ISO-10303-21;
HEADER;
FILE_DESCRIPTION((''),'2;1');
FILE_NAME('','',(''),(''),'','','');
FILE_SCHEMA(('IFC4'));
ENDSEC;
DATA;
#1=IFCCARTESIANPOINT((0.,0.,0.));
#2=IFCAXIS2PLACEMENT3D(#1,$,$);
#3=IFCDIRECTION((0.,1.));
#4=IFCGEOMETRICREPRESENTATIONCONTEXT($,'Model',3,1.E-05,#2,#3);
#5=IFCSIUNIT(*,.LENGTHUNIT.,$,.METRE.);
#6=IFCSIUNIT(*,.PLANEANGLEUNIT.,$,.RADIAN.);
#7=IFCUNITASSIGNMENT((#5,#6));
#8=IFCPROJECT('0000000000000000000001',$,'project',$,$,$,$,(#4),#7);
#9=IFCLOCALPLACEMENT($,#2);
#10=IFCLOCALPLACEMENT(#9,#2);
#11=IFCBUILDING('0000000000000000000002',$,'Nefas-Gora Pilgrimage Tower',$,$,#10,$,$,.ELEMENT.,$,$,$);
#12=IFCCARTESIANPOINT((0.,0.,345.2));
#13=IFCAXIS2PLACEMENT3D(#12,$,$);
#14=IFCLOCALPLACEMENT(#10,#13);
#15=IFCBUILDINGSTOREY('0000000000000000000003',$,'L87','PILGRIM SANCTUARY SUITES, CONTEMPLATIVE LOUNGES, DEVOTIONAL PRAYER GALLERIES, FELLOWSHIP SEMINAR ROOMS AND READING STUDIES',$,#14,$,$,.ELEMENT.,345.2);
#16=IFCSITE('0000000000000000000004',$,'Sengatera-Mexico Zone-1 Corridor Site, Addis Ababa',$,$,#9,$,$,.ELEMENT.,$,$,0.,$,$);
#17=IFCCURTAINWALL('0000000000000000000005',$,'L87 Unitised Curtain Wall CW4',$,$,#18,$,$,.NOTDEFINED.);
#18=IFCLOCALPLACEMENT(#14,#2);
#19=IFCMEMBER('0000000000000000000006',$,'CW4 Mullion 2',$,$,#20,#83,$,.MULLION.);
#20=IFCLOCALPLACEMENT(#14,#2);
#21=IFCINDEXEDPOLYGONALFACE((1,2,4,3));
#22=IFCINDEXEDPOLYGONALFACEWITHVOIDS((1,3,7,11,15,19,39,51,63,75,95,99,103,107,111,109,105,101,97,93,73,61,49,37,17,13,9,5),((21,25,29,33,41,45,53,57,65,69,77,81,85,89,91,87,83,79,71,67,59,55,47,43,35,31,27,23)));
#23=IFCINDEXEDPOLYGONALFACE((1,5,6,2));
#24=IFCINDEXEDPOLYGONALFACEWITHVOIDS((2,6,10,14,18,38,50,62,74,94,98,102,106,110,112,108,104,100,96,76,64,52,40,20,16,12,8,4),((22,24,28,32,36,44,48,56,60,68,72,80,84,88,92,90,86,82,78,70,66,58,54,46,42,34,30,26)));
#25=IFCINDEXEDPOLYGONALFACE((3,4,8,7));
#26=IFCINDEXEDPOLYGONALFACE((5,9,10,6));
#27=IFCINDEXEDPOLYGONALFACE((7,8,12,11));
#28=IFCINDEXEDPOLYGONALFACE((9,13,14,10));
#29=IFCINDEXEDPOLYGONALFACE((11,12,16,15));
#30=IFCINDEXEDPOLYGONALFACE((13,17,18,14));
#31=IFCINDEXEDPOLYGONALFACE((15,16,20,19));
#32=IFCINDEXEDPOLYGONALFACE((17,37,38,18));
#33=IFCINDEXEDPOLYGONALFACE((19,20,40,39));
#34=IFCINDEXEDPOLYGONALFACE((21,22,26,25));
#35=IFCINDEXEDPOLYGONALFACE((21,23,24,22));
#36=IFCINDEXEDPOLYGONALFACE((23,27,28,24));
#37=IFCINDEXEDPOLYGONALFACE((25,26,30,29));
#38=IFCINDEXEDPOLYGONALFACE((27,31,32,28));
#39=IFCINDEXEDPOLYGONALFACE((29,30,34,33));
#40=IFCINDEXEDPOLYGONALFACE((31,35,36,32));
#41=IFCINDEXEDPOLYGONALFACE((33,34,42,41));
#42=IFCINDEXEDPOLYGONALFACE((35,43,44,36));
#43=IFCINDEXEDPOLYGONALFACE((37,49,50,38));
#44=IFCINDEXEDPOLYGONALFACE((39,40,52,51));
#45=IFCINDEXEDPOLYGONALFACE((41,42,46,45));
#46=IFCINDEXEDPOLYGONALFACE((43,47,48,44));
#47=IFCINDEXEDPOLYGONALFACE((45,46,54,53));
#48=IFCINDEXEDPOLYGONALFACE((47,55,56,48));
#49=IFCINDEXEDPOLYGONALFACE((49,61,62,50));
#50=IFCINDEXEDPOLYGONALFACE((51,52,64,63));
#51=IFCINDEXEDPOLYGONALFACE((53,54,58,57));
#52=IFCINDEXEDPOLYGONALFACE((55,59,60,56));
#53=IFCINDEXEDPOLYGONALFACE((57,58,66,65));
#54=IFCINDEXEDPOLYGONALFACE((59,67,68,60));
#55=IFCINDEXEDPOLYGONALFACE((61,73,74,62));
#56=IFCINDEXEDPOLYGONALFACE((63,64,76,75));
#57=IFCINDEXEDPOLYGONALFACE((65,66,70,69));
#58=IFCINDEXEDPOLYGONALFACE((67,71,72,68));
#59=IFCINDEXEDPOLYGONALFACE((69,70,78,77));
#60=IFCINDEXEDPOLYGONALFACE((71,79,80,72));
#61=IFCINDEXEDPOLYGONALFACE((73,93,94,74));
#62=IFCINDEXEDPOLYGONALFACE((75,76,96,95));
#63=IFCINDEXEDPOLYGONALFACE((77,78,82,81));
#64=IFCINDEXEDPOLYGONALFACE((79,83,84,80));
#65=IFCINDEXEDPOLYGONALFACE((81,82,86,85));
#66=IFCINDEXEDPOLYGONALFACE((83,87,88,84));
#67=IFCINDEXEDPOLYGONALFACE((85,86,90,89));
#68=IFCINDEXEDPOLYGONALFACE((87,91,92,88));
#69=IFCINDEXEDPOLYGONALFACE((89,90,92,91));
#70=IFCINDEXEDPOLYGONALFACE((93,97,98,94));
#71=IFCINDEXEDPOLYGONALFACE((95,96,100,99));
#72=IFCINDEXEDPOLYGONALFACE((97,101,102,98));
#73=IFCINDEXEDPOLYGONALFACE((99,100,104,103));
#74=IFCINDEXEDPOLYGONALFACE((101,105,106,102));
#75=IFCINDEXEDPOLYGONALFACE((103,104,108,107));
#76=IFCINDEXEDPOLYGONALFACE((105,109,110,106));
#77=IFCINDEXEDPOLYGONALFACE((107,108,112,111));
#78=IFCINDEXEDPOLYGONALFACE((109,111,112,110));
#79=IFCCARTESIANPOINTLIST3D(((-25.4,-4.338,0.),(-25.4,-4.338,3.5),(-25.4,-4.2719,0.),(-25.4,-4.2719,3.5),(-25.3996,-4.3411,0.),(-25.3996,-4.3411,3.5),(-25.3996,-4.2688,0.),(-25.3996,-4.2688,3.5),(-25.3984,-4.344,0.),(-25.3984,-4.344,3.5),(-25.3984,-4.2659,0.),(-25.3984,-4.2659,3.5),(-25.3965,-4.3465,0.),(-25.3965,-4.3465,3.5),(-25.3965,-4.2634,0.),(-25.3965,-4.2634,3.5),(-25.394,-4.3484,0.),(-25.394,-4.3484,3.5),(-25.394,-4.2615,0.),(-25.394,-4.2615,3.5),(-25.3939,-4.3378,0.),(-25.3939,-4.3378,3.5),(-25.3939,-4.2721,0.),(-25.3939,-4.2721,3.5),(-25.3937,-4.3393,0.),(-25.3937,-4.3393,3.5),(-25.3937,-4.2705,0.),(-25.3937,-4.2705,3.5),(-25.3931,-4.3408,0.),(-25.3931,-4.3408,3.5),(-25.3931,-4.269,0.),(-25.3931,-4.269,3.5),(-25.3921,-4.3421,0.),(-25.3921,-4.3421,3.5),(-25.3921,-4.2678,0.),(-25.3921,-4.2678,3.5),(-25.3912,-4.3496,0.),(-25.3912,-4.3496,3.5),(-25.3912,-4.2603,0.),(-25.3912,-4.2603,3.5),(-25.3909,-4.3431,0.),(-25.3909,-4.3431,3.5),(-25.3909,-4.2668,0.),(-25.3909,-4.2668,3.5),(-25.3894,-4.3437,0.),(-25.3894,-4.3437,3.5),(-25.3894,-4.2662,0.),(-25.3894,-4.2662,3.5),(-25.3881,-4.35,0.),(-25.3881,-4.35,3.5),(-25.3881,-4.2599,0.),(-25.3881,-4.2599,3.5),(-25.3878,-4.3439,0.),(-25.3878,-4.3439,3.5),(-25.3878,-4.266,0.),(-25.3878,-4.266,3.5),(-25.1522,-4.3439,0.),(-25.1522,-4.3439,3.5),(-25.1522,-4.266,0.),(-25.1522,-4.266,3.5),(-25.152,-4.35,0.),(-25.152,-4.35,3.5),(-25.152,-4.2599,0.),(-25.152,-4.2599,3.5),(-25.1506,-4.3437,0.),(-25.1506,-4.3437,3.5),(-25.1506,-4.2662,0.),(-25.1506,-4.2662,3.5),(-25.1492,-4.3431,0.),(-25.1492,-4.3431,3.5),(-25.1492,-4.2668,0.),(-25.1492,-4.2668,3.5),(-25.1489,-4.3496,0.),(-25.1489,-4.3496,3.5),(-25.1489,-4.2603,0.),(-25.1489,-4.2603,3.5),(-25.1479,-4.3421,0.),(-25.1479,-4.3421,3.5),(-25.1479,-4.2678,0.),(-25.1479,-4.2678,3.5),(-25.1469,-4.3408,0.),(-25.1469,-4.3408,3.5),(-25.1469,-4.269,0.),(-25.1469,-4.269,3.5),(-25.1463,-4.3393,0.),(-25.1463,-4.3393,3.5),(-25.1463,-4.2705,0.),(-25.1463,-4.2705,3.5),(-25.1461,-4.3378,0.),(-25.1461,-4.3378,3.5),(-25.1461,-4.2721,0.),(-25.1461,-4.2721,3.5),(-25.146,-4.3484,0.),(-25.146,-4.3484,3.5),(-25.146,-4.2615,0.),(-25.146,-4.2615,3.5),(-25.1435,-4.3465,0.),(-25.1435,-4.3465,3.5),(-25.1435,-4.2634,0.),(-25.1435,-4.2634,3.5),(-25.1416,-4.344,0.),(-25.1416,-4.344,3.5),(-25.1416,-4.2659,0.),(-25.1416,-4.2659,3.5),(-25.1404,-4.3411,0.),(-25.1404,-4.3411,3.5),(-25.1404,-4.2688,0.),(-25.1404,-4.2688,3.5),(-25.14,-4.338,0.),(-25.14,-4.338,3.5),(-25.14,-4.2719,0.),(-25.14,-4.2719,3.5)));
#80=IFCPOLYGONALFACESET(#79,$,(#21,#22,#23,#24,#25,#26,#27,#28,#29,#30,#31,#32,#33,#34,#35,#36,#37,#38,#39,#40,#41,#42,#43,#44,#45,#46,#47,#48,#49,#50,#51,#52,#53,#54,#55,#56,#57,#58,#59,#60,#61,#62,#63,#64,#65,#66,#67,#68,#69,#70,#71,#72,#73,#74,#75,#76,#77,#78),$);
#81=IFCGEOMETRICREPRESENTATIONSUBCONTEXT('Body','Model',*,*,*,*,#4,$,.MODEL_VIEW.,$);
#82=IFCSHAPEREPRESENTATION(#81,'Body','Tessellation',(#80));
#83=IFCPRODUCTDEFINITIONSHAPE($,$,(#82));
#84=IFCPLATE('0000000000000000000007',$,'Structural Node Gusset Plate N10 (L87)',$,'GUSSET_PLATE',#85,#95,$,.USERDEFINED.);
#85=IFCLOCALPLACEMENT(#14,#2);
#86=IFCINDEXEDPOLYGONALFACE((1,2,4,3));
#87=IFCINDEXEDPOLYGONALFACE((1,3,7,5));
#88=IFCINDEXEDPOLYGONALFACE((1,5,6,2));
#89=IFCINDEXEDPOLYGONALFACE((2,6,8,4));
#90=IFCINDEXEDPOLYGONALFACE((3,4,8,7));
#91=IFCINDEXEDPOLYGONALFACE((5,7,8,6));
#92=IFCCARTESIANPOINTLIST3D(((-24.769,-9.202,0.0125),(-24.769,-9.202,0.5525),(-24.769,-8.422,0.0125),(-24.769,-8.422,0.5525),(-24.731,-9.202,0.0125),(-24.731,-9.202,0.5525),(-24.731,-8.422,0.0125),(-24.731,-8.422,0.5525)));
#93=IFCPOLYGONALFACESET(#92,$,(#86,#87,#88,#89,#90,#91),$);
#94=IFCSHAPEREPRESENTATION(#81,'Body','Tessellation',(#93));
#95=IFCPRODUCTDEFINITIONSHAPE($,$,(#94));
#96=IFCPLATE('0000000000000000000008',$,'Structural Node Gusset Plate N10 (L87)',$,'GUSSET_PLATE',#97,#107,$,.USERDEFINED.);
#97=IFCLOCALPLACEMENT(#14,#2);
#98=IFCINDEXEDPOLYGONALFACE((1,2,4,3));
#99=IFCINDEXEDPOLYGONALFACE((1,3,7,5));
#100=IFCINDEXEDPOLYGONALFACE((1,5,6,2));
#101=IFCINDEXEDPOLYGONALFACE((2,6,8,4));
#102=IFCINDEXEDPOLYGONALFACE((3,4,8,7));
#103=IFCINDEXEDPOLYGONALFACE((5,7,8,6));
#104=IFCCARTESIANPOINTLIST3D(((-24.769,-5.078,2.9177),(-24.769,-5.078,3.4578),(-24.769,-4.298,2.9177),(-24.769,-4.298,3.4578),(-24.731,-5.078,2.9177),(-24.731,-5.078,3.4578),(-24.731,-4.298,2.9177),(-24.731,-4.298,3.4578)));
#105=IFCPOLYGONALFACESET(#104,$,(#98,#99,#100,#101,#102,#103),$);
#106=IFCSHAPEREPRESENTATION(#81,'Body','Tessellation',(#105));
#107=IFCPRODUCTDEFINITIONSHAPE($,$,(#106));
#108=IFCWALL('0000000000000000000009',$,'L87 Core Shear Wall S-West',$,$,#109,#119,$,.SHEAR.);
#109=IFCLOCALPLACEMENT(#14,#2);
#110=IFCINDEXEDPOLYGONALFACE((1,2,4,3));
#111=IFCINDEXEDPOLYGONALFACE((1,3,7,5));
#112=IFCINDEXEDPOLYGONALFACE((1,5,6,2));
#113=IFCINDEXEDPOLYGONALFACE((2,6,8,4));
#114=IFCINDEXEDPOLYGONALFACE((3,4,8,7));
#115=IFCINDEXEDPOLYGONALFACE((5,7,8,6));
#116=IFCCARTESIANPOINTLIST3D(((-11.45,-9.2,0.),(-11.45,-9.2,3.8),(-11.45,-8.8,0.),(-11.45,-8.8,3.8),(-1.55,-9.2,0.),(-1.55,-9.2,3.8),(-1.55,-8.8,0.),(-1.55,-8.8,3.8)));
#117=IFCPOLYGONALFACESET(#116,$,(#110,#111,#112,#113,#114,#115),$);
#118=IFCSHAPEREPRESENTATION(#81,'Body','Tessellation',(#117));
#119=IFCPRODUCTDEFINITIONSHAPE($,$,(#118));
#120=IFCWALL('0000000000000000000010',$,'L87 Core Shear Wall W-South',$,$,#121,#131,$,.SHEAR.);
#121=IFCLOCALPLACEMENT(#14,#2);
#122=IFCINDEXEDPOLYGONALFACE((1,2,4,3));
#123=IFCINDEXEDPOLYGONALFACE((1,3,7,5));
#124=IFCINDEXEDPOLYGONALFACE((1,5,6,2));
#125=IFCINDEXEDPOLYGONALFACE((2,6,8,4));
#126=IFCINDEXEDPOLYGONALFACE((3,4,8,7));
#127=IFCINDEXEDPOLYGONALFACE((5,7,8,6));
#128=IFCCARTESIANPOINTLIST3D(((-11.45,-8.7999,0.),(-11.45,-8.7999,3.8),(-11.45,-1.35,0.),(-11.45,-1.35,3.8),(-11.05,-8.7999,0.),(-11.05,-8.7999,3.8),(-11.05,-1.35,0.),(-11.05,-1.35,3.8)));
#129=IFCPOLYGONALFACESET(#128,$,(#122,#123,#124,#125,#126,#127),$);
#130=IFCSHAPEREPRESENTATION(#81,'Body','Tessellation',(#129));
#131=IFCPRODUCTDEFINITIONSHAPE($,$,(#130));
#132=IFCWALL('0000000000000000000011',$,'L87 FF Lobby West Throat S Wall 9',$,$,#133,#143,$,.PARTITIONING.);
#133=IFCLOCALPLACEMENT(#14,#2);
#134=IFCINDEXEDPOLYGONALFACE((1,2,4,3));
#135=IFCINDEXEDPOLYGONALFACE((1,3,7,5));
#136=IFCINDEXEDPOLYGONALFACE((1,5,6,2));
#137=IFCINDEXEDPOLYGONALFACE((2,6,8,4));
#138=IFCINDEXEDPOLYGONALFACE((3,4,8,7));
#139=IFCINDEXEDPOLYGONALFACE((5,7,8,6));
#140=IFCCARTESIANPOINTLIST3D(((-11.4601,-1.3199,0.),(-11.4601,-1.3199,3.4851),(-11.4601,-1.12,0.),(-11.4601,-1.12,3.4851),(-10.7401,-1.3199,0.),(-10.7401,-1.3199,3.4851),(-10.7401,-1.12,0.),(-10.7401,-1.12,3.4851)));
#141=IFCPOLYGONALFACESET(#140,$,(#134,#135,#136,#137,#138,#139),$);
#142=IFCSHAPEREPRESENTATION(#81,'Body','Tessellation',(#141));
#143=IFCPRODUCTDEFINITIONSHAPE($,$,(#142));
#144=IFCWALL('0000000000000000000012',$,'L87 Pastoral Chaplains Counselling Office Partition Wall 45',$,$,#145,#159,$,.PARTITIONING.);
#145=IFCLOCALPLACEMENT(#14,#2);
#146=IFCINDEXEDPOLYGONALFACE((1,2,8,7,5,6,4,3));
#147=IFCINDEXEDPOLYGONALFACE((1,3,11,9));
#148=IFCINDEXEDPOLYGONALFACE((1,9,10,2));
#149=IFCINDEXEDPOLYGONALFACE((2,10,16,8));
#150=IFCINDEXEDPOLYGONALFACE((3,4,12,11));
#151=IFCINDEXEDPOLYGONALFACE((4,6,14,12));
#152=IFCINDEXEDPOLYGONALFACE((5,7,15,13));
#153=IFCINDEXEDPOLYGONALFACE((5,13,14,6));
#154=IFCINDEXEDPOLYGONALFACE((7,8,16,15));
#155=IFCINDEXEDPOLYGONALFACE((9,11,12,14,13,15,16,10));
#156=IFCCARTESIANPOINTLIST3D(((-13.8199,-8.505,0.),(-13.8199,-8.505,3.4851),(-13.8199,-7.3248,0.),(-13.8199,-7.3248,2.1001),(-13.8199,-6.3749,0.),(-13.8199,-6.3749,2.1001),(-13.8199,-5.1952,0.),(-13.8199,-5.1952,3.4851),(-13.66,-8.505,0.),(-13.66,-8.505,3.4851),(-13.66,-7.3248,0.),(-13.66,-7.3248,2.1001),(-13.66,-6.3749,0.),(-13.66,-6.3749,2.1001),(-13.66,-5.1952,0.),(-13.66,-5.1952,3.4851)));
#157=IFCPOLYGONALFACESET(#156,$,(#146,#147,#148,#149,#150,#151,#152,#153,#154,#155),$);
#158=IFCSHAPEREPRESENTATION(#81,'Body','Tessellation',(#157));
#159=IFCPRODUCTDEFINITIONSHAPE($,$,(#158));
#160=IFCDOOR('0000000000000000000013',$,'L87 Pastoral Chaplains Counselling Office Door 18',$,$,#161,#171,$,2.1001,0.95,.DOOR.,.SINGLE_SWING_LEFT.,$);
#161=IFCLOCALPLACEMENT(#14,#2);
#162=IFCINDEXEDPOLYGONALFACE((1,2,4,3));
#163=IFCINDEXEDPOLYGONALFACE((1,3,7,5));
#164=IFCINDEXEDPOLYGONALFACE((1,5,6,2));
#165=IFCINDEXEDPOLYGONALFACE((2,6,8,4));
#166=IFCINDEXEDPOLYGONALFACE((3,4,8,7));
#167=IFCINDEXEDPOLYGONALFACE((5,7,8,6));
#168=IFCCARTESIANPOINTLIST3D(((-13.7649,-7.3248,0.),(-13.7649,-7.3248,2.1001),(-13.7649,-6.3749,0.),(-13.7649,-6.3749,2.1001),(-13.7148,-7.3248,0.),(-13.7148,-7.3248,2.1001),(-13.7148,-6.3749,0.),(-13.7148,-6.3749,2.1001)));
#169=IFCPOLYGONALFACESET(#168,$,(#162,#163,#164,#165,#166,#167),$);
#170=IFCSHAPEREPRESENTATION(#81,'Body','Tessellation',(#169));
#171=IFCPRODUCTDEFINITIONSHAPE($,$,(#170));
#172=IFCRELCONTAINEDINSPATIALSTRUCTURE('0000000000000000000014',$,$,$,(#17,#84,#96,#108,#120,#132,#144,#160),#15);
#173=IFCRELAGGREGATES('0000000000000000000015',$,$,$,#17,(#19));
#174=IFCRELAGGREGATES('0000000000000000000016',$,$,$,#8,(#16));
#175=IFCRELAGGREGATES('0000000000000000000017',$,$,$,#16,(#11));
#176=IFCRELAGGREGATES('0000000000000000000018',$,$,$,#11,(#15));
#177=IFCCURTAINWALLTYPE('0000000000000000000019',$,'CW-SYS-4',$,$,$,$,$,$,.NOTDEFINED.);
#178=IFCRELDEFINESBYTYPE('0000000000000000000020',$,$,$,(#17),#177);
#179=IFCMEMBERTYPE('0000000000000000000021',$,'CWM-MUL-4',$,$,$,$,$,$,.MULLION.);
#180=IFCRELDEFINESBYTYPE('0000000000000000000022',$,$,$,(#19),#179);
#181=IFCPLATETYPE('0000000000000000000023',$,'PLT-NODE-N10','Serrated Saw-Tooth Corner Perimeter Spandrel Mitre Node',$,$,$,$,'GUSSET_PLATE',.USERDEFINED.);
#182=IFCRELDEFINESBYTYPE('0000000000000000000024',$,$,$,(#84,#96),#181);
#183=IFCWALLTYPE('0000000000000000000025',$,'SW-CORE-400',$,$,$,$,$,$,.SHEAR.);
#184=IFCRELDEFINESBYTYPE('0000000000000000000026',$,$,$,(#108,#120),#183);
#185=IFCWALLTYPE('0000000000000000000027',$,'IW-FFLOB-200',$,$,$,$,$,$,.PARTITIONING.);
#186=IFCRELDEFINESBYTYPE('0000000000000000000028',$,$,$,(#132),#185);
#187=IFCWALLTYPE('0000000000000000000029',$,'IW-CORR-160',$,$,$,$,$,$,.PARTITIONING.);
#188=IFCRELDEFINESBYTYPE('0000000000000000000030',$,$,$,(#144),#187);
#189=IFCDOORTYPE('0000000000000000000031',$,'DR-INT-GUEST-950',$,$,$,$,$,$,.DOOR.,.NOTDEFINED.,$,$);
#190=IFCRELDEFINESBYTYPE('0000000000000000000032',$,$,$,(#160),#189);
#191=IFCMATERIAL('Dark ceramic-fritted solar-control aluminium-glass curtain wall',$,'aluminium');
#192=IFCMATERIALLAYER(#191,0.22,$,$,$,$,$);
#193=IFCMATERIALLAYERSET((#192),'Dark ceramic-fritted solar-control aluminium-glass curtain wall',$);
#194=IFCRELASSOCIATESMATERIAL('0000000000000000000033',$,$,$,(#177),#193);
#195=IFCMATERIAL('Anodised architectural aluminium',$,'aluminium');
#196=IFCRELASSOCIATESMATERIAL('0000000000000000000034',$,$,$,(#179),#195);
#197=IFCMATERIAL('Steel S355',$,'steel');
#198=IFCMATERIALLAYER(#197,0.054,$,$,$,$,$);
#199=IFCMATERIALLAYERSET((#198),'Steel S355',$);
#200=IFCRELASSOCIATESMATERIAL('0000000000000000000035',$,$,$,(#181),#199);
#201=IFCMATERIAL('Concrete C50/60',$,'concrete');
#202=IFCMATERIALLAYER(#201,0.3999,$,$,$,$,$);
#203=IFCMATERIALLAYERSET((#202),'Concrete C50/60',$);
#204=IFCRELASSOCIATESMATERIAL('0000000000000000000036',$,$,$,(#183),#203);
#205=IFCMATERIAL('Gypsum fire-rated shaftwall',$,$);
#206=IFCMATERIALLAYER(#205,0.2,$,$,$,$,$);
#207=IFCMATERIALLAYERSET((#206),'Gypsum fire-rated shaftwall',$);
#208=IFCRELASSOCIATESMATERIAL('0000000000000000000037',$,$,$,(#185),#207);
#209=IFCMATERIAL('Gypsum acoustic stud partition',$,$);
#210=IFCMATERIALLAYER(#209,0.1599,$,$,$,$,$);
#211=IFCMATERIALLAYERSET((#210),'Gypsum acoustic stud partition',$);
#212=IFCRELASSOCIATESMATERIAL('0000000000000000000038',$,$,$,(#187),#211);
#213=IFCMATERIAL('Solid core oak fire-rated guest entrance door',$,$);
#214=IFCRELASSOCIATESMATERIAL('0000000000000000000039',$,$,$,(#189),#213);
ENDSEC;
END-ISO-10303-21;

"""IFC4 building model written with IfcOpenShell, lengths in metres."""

from ifc_helpers import new_model, si_unit, direction, frame, frame_2d, origin, origin_2d, place, context, subcontext, project, spatial, rectangle, hollow_rectangle, extrude, source, transform, mapped, material, layer, layer_set, material_profile, profile_set, type_object, element, fill, aggregate, save


model = new_model("IFC4")

# Units and contexts
model_context = context("Model", 3, precision=1e-05, world=origin(), true_north=direction((0.0, 1.0)))
body_context = subcontext(model_context, "Body", "Model", "MODEL_VIEW")
ifc_project = project(units=[si_unit("LENGTHUNIT", "METRE"), si_unit("PLANEANGLEUNIT", "RADIAN")], contexts=[model_context])

# Site, building, storey
site_placement = place(None, origin())
site = spatial("IfcSite", under=ifc_project, at=site_placement, Name="Sengatera-Mexico Zone-1 Corridor Site, Addis Ababa", CompositionType="ELEMENT", RefElevation=0.0)
building_placement = place(site_placement, origin())
building = spatial("IfcBuilding", under=site, at=building_placement, Name="Nefas-Gora Pilgrimage Tower", CompositionType="ELEMENT")
storey_placement = place(building_placement, frame((0.0, 0.0, 345.2)))
storey = spatial("IfcBuildingStorey", under=building, at=storey_placement, Name="L87", Description="PILGRIM SANCTUARY SUITES, CONTEMPLATIVE LOUNGES, DEVOTIONAL PRAYER GALLERIES, FELLOWSHIP SEMINAR ROOMS AND READING STUDIES", CompositionType="ELEMENT", Elevation=345.2)

# Shared definitions
ifc_material_1 = material(Name="Steel S355", Category="steel")
ifc_material_2 = material(Name="Concrete C50/60", Category="concrete")

# Curtain wall, member
ifc_material_3 = material(Name="Dark ceramic-fritted solar-control aluminium-glass curtain wall", Category="aluminium")
ifc_layer_1 = layer(ifc_material_3, 0.22)
ifc_layer_set_1 = layer_set([ifc_layer_1], Name="Dark ceramic-fritted solar-control aluminium-glass curtain wall")
curtain_wall_type = type_object("IfcCurtainWallType", Name="CW-SYS-4", PredefinedType="NOTDEFINED", material=ifc_layer_set_1)
curtain_wall_placement = place(storey_placement, origin())
curtain_wall = element("IfcCurtainWall", 1, at=curtain_wall_placement, inside=storey, type_object=curtain_wall_type, Name="L87 Unitised Curtain Wall CW4", PredefinedType="NOTDEFINED")
ifc_material_4 = material(Name="Anodised architectural aluminium", Category="aluminium")
ifc_material_profile_1 = material_profile(ifc_material_4, hollow_rectangle(XDim=0.0901, YDim=0.26, WallThickness=0.0061, InnerFilletRadius=0.0061, OuterFilletRadius=0.012, at=origin_2d()), Name="ALU MULLION 90x260")
ifc_profile_set_1 = profile_set([ifc_material_profile_1], Name="Anodised architectural aluminium")
member_type_1 = type_object("IfcMemberType", Name="CWM-MUL-4", PredefinedType="MULLION", material=ifc_profile_set_1)
shared_shape_1 = source(origin(), body_context, "Body", "SweptSolid", [
    extrude(hollow_rectangle(XDim=0.0901, YDim=0.26, WallThickness=0.0061, InnerFilletRadius=0.0061, OuterFilletRadius=0.012, at=origin_2d()), origin(), (0.0, 0.0, 1.0), 3.5),
])
member_1_placement = place(storey_placement, frame((-25.27, -4.3049, 0.0), z_axis=(0.0, 0.0, 1.0), x_axis=(0.0, -1.0, 0.0)))
member_1 = element("IfcMember", 2, at=member_1_placement, type_object=member_type_1, Name="CW4 Mullion 2", PredefinedType="MULLION", context=body_context, shape_type="MappedRepresentation", body=[
    mapped(shared_shape_1, transform((0.0, 0.0, 0.0), x_axis=(1.0, 0.0, 0.0), y_axis=(0.0, 1.0, 0.0), z_axis=(0.0, 0.0, 1.0), scale=1.0)),
])
aggregate(curtain_wall, [member_1])

# Plates
ifc_layer_2 = layer(ifc_material_1, 0.054)
ifc_layer_set_2 = layer_set([ifc_layer_2], Name="Steel S355")
plate_type = type_object("IfcPlateType", Name="PLT-NODE-N10", Description="Serrated Saw-Tooth Corner Perimeter Spandrel Mitre Node", ElementType="GUSSET_PLATE", PredefinedType="USERDEFINED", material=ifc_layer_set_2)
shared_shape_2 = source(origin(), body_context, "Body", "SweptSolid", [
    extrude(rectangle(XDim=0.78, YDim=0.0381, at=origin_2d()), origin(), (0.0, 0.0, 1.0), 0.54),
])
for number, where, z_axis, x_axis, name in (
    (3, (-24.75, -8.812, 0.0125), (0.0, 0.0, 1.0), (0.0, 1.0, 0.0), "Structural Node Gusset Plate N10 (L87)"),
    (4, (-24.75, -4.688, 2.9177), (0.0, 0.0, 1.0), (0.0, 1.0, 0.0), "Structural Node Gusset Plate N10 (L87)"),
):
    element("IfcPlate", number, at=place(storey_placement, frame(where, z_axis=z_axis, x_axis=x_axis)), inside=storey, type_object=plate_type, Name=name, ObjectType="GUSSET_PLATE", PredefinedType="USERDEFINED", context=body_context, shape_type="MappedRepresentation", body=[
        mapped(shared_shape_2, transform((0.0, 0.0, 0.0), x_axis=(1.0, 0.0, 0.0), y_axis=(0.0, 1.0, 0.0), z_axis=(0.0, 0.0, 1.0), scale=1.0)),
    ])

# Walls
ifc_layer_3 = layer(ifc_material_2, 0.3999)
ifc_layer_set_3 = layer_set([ifc_layer_3], Name="Concrete C50/60")
wall_type_1 = type_object("IfcWallType", Name="SW-CORE-400", PredefinedType="SHEAR", material=ifc_layer_set_3)
shared_shape_3 = source(origin(), body_context, "Body", "SweptSolid", [
    extrude(rectangle(XDim=9.8999, YDim=0.3999, at=frame_2d((4.95, 0.0))), origin(), (0.0, 0.0, 1.0), 3.8),
])
wall_1_placement = place(storey_placement, frame((-11.45, -9.0, 0.0), z_axis=(0.0, 0.0, 1.0), x_axis=(1.0, 0.0, 0.0)))
element("IfcWall", 5, at=wall_1_placement, inside=storey, type_object=wall_type_1, Name="L87 Core Shear Wall S-West", PredefinedType="SHEAR", context=body_context, shape_type="MappedRepresentation", body=[
    mapped(shared_shape_3, transform((0.0, 0.0, 0.0), x_axis=(1.0, 0.0, 0.0), y_axis=(0.0, 1.0, 0.0), z_axis=(0.0, 0.0, 1.0), scale=1.0)),
])
shared_shape_4 = source(origin(), body_context, "Body", "SweptSolid", [
    extrude(rectangle(XDim=7.45, YDim=0.3999, at=frame_2d((3.7251, 0.0))), origin(), (0.0, 0.0, 1.0), 3.8),
])
wall_2_placement = place(storey_placement, frame((-11.25, -8.8, 0.0), z_axis=(0.0, 0.0, 1.0), x_axis=(0.0, 1.0, 0.0)))
element("IfcWall", 6, at=wall_2_placement, inside=storey, type_object=wall_type_1, Name="L87 Core Shear Wall W-South", PredefinedType="SHEAR", context=body_context, shape_type="MappedRepresentation", body=[
    mapped(shared_shape_4, transform((0.0, 0.0, 0.0), x_axis=(1.0, 0.0, 0.0), y_axis=(0.0, 1.0, 0.0), z_axis=(0.0, 0.0, 1.0), scale=1.0)),
])
ifc_material_5 = material(Name="Gypsum fire-rated shaftwall")
ifc_layer_4 = layer(ifc_material_5, 0.2)
ifc_layer_set_4 = layer_set([ifc_layer_4], Name="Gypsum fire-rated shaftwall")
wall_type_2 = type_object("IfcWallType", Name="IW-FFLOB-200", PredefinedType="PARTITIONING", material=ifc_layer_set_4)
shared_shape_5 = source(origin(), body_context, "Body", "SweptSolid", [
    extrude(rectangle(XDim=0.72, YDim=0.2, at=frame_2d((0.3599, 0.0))), origin(), (0.0, 0.0, 1.0), 3.4851),
])
wall_3_placement = place(storey_placement, frame((-11.46, -1.22, 0.0), z_axis=(0.0, 0.0, 1.0), x_axis=(1.0, 0.0, 0.0)))
element("IfcWall", 7, at=wall_3_placement, inside=storey, type_object=wall_type_2, Name="L87 FF Lobby West Throat S Wall 9", PredefinedType="PARTITIONING", context=body_context, shape_type="MappedRepresentation", body=[
    mapped(shared_shape_5, transform((0.0, 0.0, 0.0), x_axis=(1.0, 0.0, 0.0), y_axis=(0.0, 1.0, 0.0), z_axis=(0.0, 0.0, 1.0), scale=1.0)),
])

# Wall, opening, door
ifc_material_6 = material(Name="Gypsum acoustic stud partition")
ifc_layer_5 = layer(ifc_material_6, 0.1599)
ifc_layer_set_5 = layer_set([ifc_layer_5], Name="Gypsum acoustic stud partition")
wall_type_3 = type_object("IfcWallType", Name="IW-CORR-160", PredefinedType="PARTITIONING", material=ifc_layer_set_5)
shared_shape_6 = source(origin(), body_context, "Body", "SweptSolid", [
    extrude(rectangle(XDim=3.3098, YDim=0.1599, at=frame_2d((1.6548, 0.0))), origin(), (0.0, 0.0, 1.0), 3.4851),
])
wall_4_placement = place(storey_placement, frame((-13.74, -8.5049, 0.0), z_axis=(0.0, 0.0, 1.0), x_axis=(0.0, 1.0, 0.0)))
wall_4 = element("IfcWall", 8, at=wall_4_placement, inside=storey, type_object=wall_type_3, Name="L87 Pastoral Chaplains Counselling Office Partition Wall 45", PredefinedType="PARTITIONING", context=body_context, shape_type="MappedRepresentation", body=[
    mapped(shared_shape_6, transform((0.0, 0.0, 0.0), x_axis=(1.0, 0.0, 0.0), y_axis=(0.0, 1.0, 0.0), z_axis=(0.0, 0.0, 1.0), scale=1.0)),
])
opening_1_placement = place(wall_4_placement, frame((1.1799, 0.0, 0.0)))
opening_1 = element("IfcOpeningElement", 9, at=opening_1_placement, cuts=wall_4, PredefinedType="OPENING", context=body_context, shape_type="SweptSolid", body=[
    extrude(rectangle(XDim=0.95, YDim=2.1001, at=frame_2d((0.4751, 1.05))), frame((0.0, 0.0898, 0.0), z_axis=(0.0, -1.0, 0.0), x_axis=(1.0, 0.0, 0.0)), (0.0, 0.0, 1.0), 0.1799),
])
ifc_material_7 = material(Name="Solid core oak fire-rated guest entrance door")
door_type_1 = type_object("IfcDoorType", Name="DR-INT-GUEST-950", OperationType="NOTDEFINED", PredefinedType="DOOR", material=ifc_material_7)
shared_shape_7 = source(origin(), body_context, "Body", "SweptSolid", [
    extrude(rectangle(XDim=0.95, YDim=2.1001, at=frame_2d((0.4751, 1.05))), frame((0.0, 0.0249, 0.0), z_axis=(0.0, -1.0, 0.0), x_axis=(1.0, 0.0, 0.0)), (0.0, 0.0, 1.0), 0.05),
])
door_1_placement = place(opening_1_placement, origin())
door_1 = element("IfcDoor", 10, at=door_1_placement, inside=storey, type_object=door_type_1, Name="L87 Pastoral Chaplains Counselling Office Door 18", OperationType="SINGLE_SWING_LEFT", OverallHeight=2.1001, OverallWidth=0.95, PredefinedType="DOOR", context=body_context, shape_type="MappedRepresentation", body=[
    mapped(shared_shape_7, transform((0.0, 0.0, 0.0), x_axis=(1.0, 0.0, 0.0), y_axis=(0.0, 1.0, 0.0), z_axis=(0.0, 0.0, 1.0), scale=1.0)),
])
fill(opening_1, door_1)

save(model, "model.ifc")
